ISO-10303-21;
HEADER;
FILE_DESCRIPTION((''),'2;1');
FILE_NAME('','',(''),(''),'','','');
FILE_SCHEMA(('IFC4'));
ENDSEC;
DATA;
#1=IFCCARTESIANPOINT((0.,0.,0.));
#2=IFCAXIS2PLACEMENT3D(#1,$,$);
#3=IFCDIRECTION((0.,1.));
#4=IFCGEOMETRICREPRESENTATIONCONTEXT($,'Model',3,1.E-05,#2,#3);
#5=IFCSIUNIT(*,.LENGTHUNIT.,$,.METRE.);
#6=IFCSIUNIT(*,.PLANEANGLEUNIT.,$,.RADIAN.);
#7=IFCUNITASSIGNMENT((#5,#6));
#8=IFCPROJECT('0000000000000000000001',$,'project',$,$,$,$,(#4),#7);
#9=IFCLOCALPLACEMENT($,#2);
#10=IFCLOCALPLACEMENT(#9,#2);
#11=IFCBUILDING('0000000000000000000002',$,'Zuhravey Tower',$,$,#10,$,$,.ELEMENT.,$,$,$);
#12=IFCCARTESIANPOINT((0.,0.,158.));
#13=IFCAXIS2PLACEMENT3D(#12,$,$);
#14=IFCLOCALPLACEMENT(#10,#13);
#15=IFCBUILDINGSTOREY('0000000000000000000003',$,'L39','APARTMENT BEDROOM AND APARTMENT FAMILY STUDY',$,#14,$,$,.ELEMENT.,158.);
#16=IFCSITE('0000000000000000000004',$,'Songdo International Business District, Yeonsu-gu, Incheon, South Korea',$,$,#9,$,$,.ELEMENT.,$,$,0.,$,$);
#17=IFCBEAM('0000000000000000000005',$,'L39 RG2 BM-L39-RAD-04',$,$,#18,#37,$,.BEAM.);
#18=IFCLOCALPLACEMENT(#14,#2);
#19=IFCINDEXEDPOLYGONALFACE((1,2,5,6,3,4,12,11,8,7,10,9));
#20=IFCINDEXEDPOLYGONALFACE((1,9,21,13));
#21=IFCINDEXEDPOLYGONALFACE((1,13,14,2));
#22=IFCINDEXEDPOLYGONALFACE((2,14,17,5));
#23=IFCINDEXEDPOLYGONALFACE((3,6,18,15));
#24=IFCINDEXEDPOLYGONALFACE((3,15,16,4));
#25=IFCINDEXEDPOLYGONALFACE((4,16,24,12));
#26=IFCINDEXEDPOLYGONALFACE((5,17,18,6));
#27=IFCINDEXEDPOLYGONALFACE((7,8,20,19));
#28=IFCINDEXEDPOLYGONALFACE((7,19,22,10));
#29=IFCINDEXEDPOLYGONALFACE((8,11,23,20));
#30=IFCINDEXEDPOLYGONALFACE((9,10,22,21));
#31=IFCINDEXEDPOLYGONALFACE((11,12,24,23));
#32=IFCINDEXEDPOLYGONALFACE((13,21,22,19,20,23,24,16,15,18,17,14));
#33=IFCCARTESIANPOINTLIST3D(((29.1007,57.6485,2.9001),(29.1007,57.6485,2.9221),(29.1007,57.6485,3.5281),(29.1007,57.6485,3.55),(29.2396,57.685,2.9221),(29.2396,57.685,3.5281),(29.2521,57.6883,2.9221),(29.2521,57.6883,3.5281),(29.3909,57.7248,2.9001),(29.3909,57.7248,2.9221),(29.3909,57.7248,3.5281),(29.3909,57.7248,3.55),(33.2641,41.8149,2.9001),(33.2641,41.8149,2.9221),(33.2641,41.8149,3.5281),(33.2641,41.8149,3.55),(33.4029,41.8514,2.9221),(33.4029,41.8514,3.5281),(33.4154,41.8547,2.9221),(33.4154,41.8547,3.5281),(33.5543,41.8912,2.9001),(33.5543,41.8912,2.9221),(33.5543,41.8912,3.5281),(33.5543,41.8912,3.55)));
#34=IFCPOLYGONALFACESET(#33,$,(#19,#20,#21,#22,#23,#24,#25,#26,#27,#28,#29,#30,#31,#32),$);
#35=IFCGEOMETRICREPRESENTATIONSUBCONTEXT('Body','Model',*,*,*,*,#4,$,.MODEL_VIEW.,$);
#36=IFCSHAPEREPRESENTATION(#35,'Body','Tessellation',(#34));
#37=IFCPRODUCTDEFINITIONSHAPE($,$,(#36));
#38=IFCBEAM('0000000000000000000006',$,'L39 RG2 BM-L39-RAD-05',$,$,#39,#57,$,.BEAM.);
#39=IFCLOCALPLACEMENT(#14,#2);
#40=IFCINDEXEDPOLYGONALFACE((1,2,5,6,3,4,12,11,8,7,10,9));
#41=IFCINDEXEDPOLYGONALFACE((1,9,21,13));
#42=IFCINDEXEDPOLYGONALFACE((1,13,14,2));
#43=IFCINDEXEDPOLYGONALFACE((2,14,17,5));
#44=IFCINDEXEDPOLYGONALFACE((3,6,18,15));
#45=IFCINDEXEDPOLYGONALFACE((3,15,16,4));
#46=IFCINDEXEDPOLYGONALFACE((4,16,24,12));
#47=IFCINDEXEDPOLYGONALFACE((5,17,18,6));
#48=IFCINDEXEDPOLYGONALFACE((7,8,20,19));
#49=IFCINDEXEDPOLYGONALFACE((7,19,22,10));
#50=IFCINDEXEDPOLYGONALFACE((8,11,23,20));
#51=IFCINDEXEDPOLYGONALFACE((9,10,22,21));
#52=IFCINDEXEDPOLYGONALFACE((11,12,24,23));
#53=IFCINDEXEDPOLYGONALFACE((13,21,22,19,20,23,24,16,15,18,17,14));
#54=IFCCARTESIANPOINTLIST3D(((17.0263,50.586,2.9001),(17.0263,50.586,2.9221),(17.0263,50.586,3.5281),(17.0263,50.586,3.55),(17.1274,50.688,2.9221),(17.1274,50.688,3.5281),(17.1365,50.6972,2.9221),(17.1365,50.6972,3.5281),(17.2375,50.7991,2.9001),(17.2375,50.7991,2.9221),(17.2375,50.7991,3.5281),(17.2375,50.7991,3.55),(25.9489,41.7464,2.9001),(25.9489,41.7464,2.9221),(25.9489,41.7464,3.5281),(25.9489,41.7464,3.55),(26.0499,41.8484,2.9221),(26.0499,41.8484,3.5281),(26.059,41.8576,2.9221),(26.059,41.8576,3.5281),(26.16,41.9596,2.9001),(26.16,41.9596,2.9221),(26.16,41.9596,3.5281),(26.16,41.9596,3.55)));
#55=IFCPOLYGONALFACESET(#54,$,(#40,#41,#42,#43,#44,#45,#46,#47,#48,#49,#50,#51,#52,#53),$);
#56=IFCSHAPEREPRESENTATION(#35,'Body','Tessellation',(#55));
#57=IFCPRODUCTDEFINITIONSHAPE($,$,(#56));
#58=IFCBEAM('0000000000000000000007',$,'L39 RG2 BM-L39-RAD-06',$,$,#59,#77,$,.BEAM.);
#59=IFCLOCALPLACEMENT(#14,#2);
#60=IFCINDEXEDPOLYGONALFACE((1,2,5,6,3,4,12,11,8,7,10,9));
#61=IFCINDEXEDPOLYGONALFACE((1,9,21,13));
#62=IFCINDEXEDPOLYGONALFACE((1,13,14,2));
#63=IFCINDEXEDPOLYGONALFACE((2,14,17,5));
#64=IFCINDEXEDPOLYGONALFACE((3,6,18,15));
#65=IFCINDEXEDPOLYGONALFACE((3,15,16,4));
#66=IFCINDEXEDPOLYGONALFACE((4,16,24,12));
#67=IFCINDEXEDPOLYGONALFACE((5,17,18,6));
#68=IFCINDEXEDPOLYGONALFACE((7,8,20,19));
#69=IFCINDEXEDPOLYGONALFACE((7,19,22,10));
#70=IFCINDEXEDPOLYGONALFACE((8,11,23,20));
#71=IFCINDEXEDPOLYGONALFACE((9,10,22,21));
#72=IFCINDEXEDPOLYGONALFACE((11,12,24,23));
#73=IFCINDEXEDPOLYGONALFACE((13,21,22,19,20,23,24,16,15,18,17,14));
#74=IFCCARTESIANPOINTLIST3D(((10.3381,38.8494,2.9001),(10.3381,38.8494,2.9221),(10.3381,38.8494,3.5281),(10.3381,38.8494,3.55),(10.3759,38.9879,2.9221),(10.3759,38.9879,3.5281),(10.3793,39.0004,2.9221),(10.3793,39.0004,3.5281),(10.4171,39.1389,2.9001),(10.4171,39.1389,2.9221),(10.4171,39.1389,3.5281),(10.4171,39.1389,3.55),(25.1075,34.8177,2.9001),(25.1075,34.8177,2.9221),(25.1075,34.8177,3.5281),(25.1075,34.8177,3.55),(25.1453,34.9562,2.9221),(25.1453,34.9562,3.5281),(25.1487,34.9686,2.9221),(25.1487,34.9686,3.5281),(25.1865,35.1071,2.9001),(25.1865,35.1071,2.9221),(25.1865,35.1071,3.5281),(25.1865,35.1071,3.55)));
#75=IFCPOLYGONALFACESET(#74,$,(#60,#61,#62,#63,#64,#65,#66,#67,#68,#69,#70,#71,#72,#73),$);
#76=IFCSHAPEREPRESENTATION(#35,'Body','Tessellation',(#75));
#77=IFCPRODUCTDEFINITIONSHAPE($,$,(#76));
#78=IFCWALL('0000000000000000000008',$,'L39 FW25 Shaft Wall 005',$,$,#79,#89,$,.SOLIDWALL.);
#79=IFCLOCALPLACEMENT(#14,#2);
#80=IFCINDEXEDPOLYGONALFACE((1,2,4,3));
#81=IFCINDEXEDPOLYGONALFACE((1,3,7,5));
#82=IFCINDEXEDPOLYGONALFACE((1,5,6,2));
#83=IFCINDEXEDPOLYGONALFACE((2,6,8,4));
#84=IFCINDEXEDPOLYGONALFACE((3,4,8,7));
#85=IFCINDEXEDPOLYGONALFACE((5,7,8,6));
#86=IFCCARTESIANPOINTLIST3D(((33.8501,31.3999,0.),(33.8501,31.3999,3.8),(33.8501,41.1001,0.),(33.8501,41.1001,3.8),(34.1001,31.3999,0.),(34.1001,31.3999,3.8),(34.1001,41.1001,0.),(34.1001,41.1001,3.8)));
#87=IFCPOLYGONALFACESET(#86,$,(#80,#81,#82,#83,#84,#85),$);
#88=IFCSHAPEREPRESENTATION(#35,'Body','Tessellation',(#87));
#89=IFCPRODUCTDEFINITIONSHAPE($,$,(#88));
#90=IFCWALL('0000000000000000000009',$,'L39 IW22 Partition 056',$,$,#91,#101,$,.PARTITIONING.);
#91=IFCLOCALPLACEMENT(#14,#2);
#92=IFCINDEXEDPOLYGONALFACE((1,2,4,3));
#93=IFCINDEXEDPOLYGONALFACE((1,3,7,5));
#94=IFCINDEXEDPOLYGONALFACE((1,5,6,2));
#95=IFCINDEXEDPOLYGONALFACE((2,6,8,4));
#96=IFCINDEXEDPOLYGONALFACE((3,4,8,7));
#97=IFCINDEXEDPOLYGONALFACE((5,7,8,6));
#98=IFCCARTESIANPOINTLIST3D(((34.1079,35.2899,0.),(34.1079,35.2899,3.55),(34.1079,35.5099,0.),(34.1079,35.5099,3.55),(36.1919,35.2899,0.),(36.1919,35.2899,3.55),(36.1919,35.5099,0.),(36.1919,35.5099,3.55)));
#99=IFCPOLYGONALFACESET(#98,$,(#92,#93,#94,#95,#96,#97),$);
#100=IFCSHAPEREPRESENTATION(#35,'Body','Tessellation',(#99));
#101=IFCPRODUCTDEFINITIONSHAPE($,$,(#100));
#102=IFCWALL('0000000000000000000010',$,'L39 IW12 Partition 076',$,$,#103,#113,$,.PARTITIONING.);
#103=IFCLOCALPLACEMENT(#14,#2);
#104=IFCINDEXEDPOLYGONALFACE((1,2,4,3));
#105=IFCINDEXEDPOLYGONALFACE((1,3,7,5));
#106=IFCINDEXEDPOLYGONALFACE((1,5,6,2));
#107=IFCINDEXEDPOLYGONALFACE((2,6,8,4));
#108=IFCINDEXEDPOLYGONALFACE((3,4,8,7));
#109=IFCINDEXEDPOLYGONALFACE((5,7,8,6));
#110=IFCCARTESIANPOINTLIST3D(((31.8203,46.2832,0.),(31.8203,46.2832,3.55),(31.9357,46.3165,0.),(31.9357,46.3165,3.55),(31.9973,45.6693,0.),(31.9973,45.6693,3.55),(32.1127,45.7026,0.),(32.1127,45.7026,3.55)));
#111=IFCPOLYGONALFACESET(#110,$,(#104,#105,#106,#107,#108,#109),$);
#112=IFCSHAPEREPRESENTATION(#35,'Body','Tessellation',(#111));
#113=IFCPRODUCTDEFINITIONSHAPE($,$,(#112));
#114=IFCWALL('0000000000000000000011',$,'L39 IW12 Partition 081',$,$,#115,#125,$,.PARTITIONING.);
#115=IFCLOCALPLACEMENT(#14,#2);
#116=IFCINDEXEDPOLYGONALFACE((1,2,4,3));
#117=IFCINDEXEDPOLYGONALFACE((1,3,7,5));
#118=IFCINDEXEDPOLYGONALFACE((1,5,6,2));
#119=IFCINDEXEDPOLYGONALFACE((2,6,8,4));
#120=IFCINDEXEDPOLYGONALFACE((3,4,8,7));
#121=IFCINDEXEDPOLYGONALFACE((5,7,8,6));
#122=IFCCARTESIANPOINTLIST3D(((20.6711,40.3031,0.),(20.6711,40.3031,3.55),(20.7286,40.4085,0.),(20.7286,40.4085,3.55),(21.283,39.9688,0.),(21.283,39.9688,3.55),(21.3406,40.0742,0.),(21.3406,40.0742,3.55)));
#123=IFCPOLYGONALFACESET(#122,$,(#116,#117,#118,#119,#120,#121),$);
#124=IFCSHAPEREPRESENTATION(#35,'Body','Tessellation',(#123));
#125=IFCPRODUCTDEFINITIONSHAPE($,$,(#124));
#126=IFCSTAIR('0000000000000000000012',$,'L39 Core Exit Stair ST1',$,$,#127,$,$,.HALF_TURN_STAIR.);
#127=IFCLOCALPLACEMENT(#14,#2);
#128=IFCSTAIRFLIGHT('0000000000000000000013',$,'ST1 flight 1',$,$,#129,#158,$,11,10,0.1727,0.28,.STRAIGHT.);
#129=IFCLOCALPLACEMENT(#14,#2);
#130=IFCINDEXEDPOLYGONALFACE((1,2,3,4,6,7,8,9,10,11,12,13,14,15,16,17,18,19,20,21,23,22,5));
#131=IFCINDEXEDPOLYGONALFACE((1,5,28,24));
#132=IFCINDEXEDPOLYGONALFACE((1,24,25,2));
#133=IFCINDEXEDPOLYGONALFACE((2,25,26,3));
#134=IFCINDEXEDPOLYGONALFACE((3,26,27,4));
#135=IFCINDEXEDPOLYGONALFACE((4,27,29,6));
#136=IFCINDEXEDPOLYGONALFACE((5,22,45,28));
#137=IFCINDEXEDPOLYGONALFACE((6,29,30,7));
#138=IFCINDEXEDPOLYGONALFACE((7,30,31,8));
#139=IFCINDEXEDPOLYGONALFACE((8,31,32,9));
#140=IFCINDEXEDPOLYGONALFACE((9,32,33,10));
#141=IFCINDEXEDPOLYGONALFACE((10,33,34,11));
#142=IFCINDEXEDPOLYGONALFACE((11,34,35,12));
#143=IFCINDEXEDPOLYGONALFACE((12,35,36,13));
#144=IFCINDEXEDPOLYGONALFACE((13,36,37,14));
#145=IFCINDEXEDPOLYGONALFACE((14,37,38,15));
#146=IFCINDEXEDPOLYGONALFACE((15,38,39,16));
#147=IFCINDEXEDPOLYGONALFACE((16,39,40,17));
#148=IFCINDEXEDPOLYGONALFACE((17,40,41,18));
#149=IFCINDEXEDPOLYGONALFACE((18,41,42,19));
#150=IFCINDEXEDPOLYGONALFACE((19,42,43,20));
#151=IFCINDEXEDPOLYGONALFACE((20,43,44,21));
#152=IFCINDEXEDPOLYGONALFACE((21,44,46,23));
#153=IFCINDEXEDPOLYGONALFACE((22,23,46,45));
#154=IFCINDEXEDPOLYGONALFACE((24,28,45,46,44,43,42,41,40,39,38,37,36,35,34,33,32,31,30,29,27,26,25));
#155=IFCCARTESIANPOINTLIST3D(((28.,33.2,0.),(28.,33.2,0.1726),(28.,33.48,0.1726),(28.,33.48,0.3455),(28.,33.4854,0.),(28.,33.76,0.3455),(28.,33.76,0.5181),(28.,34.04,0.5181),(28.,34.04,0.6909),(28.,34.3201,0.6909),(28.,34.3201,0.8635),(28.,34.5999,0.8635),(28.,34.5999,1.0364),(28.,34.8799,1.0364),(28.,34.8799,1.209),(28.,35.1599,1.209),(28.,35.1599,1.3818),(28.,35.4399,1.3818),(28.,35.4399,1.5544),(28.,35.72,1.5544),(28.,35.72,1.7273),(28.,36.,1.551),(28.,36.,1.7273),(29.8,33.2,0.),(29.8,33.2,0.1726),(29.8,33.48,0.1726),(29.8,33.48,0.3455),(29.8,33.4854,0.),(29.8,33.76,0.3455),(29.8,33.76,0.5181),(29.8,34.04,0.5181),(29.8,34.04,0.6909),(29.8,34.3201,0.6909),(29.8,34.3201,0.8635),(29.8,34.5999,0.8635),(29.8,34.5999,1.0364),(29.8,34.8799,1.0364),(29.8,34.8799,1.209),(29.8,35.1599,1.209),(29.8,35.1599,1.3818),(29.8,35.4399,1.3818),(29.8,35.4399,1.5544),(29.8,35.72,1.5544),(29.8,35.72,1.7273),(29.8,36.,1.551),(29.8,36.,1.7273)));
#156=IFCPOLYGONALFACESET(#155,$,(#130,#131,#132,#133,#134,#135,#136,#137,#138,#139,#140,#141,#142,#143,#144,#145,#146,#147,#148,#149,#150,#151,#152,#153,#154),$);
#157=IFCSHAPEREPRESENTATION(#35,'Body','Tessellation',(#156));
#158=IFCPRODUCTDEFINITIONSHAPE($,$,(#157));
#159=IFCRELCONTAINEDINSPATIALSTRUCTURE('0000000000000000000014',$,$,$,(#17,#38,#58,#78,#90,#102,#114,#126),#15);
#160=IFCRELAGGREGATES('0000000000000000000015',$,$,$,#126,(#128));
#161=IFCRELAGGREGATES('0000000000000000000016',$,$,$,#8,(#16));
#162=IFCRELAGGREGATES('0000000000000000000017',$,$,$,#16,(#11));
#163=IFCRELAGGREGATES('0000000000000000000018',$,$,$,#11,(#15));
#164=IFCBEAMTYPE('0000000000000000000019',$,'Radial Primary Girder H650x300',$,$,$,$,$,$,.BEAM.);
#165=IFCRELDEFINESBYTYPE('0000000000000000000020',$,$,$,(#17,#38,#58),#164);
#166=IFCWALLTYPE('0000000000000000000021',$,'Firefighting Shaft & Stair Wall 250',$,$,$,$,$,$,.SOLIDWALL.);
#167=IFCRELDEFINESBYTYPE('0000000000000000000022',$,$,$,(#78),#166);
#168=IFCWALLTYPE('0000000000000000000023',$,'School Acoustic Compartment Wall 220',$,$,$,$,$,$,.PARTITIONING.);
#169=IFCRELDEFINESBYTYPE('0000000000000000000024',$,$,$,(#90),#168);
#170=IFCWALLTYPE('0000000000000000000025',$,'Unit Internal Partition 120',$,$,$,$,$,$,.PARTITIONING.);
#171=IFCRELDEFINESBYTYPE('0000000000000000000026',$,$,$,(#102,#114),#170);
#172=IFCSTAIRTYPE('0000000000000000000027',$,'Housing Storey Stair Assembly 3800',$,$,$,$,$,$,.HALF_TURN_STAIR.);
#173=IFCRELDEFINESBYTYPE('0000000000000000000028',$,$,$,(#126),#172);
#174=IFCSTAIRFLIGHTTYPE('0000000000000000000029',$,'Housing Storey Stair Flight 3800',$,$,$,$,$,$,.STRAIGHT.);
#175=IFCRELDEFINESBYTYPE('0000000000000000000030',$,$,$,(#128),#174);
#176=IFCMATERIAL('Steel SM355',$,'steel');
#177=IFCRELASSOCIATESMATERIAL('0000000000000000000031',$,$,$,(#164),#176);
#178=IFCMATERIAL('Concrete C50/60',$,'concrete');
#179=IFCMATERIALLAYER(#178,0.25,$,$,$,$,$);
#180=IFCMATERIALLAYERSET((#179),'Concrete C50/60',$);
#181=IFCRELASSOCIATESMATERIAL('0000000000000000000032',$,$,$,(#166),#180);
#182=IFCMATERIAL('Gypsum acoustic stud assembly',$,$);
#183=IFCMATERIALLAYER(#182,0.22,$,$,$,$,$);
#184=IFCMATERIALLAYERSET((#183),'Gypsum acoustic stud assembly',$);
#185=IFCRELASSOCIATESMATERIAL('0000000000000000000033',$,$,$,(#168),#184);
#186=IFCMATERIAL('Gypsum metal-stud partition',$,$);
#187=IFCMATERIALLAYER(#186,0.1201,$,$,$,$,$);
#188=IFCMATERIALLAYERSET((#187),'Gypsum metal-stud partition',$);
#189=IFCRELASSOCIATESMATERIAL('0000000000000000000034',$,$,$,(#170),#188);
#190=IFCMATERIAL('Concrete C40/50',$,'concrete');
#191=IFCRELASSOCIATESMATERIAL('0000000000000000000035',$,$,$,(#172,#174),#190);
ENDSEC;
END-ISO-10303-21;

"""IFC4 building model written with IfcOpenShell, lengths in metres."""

from ifc_helpers import new_model, si_unit, direction, frame, frame_2d, origin, origin_2d, place, context, subcontext, project, spatial, polyline, rectangle, i_section, outline, extrude, material, layer, layer_set, material_profile, profile_set, type_object, element, aggregate, save


model = new_model("IFC4")

# Units and contexts
model_context = context("Model", 3, precision=1e-05, world=origin(), true_north=direction((0.0, 1.0)))
body_context = subcontext(model_context, "Body", "Model", "MODEL_VIEW")
ifc_project = project(units=[si_unit("LENGTHUNIT", "METRE"), si_unit("PLANEANGLEUNIT", "RADIAN")], contexts=[model_context])

# Site, building, storey
site_placement = place(None, origin())
site = spatial("IfcSite", under=ifc_project, at=site_placement, Name="Songdo International Business District, Yeonsu-gu, Incheon, South Korea", CompositionType="ELEMENT", RefElevation=0.0)
building_placement = place(site_placement, origin())
building = spatial("IfcBuilding", under=site, at=building_placement, Name="Zuhravey Tower", CompositionType="ELEMENT")
storey_placement = place(building_placement, frame((0.0, 0.0, 158.0)))
storey = spatial("IfcBuildingStorey", under=building, at=storey_placement, Name="L39", Description="APARTMENT BEDROOM AND APARTMENT FAMILY STUDY", CompositionType="ELEMENT", Elevation=158.0)

# Beams
ifc_material_1 = material(Name="Steel SM355", Category="steel")
ifc_material_profile = material_profile(ifc_material_1, i_section(OverallWidth=0.3, OverallDepth=0.6499, WebThickness=0.0129, FlangeThickness=0.022, at=origin_2d()), Name="H-650x300x13x22")
ifc_profile_set = profile_set([ifc_material_profile], Name="Steel SM355")
beam_type = type_object("IfcBeamType", Name="Radial Primary Girder H650x300", PredefinedType="BEAM", material=ifc_profile_set)
beam_1_placement = place(storey_placement, frame((33.4092, 41.853, 3.2251), z_axis=(-0.2543, 0.967125, 0.0), x_axis=(-0.967125, -0.2543, 0.0)))
element("IfcBeam", 1, at=beam_1_placement, inside=storey, type_object=beam_type, Name="L39 RG2 BM-L39-RAD-04", PredefinedType="BEAM", context=body_context, shape_type="SweptSolid", body=[
    extrude(i_section(OverallWidth=0.3, OverallDepth=0.6499, WebThickness=0.0129, FlangeThickness=0.022, at=origin_2d()), origin(), (0.0, 0.0, 1.0), 16.3718),
])
beam_2_placement = place(storey_placement, frame((26.0544, 41.853, 3.2251), z_axis=(-0.710404, 0.703795, 0.0), x_axis=(-0.703795, -0.710404, 0.0)))
element("IfcBeam", 2, at=beam_2_placement, inside=storey, type_object=beam_type, Name="L39 RG2 BM-L39-RAD-05", PredefinedType="BEAM", context=body_context, shape_type="SweptSolid", body=[
    extrude(i_section(OverallWidth=0.3, OverallDepth=0.6499, WebThickness=0.0129, FlangeThickness=0.022, at=origin_2d()), origin(), (0.0, 0.0, 1.0), 12.5598),
])
beam_3_placement = place(storey_placement, frame((25.147, 34.9624, 3.2251), z_axis=(-0.964702, 0.263345, 0.0), x_axis=(-0.263345, -0.964702, 0.0)))
element("IfcBeam", 3, at=beam_3_placement, inside=storey, type_object=beam_type, Name="L39 RG2 BM-L39-RAD-06", PredefinedType="BEAM", context=body_context, shape_type="SweptSolid", body=[
    extrude(i_section(OverallWidth=0.3, OverallDepth=0.6499, WebThickness=0.0129, FlangeThickness=0.022, at=origin_2d()), origin(), (0.0, 0.0, 1.0), 15.3098),
])

# Walls
ifc_material_2 = material(Name="Concrete C50/60", Category="concrete")
ifc_layer_1 = layer(ifc_material_2, 0.25)
ifc_layer_set_1 = layer_set([ifc_layer_1], Name="Concrete C50/60")
wall_type_1 = type_object("IfcWallType", Name="Firefighting Shaft & Stair Wall 250", PredefinedType="SOLIDWALL", material=ifc_layer_set_1)
wall_1_placement = place(storey_placement, frame((33.9751, 31.3999, 0.0), z_axis=(0.0, 0.0, 1.0), x_axis=(0.0, 1.0, 0.0)))
element("IfcWall", 4, at=wall_1_placement, inside=storey, type_object=wall_type_1, Name="L39 FW25 Shaft Wall 005", PredefinedType="SOLIDWALL", context=body_context, shape_type="SweptSolid", body=[
    extrude(rectangle(XDim=9.7002, YDim=0.25, at=frame_2d((4.8501, 0.0))), origin(), (0.0, 0.0, 1.0), 3.8),
])
ifc_material_3 = material(Name="Gypsum acoustic stud assembly")
ifc_layer_2 = layer(ifc_material_3, 0.22)
ifc_layer_set_2 = layer_set([ifc_layer_2], Name="Gypsum acoustic stud assembly")
wall_type_2 = type_object("IfcWallType", Name="School Acoustic Compartment Wall 220", PredefinedType="PARTITIONING", material=ifc_layer_set_2)
wall_2_placement = place(storey_placement, frame((34.1079, 35.3999, 0.0), z_axis=(0.0, 0.0, 1.0), x_axis=(1.0, 0.0, 0.0)))
element("IfcWall", 5, at=wall_2_placement, inside=storey, type_object=wall_type_2, Name="L39 IW22 Partition 056", PredefinedType="PARTITIONING", context=body_context, shape_type="SweptSolid", body=[
    extrude(rectangle(XDim=2.084, YDim=0.22, at=frame_2d((1.042, 0.0))), origin(), (0.0, 0.0, 1.0), 3.55),
])
ifc_material_4 = material(Name="Gypsum metal-stud partition")
ifc_layer_3 = layer(ifc_material_4, 0.1201)
ifc_layer_set_3 = layer_set([ifc_layer_3], Name="Gypsum metal-stud partition")
wall_type_3 = type_object("IfcWallType", Name="Unit Internal Partition 120", PredefinedType="PARTITIONING", material=ifc_layer_set_3)
wall_3_placement = place(storey_placement, frame((32.0549, 45.686, 0.0), z_axis=(0.0, 0.0, 1.0), x_axis=(-0.276991, 0.960872, 0.0)))
element("IfcWall", 6, at=wall_3_placement, inside=storey, type_object=wall_type_3, Name="L39 IW12 Partition 076", PredefinedType="PARTITIONING", context=body_context, shape_type="SweptSolid", body=[
    extrude(rectangle(XDim=0.6389, YDim=0.1201, at=frame_2d((0.3193, 0.0))), origin(), (0.0, 0.0, 1.0), 3.55),
])
wall_4_placement = place(storey_placement, frame((21.3118, 40.0215, 0.0), z_axis=(0.0, 0.0, 1.0), x_axis=(-0.877588, 0.479416, 0.0)))
element("IfcWall", 7, at=wall_4_placement, inside=storey, type_object=wall_type_3, Name="L39 IW12 Partition 081", PredefinedType="PARTITIONING", context=body_context, shape_type="SweptSolid", body=[
    extrude(rectangle(XDim=0.6973, YDim=0.1201, at=frame_2d((0.3486, 0.0))), origin(), (0.0, 0.0, 1.0), 3.55),
])

# Stair, stair flight
ifc_material_5 = material(Name="Concrete C40/50", Category="concrete")
stair_type = type_object("IfcStairType", Name="Housing Storey Stair Assembly 3800", PredefinedType="HALF_TURN_STAIR", material=ifc_material_5)
stair_1_placement = place(storey_placement, origin())
stair_1 = element("IfcStair", 8, at=stair_1_placement, inside=storey, type_object=stair_type, Name="L39 Core Exit Stair ST1", PredefinedType="HALF_TURN_STAIR")
stair_flight_type = type_object("IfcStairFlightType", Name="Housing Storey Stair Flight 3800", PredefinedType="STRAIGHT", material=ifc_material_5)
stair_flight_1_placement = place(storey_placement, frame((28.8999, 33.2, 0.0), z_axis=(0.0, 0.0, 1.0), x_axis=(0.0, 1.0, 0.0)))
stair_flight_1 = element("IfcStairFlight", 9, at=stair_flight_1_placement, type_object=stair_flight_type, Name="ST1 flight 1", NumberOfRisers=11, NumberOfTreads=10, PredefinedType="STRAIGHT", RiserHeight=0.1727, TreadLength=0.28, context=body_context, shape_type="SweptSolid", body=[
    extrude(outline(polyline([(0.0, 0.0), (0.0, 0.1726), (0.28, 0.1726), (0.28, 0.3455), (0.5601, 0.3455), (0.5601, 0.5181), (0.8401, 0.5181), (0.8401, 0.6909), (1.1201, 0.6909), (1.1201, 0.8635), (1.3999, 0.8635), (1.3999, 1.0364), (1.6799, 1.0364), (1.6799, 1.209), (1.96, 1.209), (1.96, 1.3818), (2.24, 1.3818), (2.24, 1.5544), (2.52, 1.5544), (2.52, 1.7273), (2.8, 1.7273), (2.8, 1.8999), (2.8, 1.551), (0.2854, 0.0), (0.0, 0.0)])), frame((0.0, 0.8999, 0.0), z_axis=(0.0, -1.0, 0.0), x_axis=(1.0, 0.0, 0.0)), (0.0, 0.0, 1.0), 1.8),
])
aggregate(stair_1, [stair_flight_1])

save(model, "model.ifc")
